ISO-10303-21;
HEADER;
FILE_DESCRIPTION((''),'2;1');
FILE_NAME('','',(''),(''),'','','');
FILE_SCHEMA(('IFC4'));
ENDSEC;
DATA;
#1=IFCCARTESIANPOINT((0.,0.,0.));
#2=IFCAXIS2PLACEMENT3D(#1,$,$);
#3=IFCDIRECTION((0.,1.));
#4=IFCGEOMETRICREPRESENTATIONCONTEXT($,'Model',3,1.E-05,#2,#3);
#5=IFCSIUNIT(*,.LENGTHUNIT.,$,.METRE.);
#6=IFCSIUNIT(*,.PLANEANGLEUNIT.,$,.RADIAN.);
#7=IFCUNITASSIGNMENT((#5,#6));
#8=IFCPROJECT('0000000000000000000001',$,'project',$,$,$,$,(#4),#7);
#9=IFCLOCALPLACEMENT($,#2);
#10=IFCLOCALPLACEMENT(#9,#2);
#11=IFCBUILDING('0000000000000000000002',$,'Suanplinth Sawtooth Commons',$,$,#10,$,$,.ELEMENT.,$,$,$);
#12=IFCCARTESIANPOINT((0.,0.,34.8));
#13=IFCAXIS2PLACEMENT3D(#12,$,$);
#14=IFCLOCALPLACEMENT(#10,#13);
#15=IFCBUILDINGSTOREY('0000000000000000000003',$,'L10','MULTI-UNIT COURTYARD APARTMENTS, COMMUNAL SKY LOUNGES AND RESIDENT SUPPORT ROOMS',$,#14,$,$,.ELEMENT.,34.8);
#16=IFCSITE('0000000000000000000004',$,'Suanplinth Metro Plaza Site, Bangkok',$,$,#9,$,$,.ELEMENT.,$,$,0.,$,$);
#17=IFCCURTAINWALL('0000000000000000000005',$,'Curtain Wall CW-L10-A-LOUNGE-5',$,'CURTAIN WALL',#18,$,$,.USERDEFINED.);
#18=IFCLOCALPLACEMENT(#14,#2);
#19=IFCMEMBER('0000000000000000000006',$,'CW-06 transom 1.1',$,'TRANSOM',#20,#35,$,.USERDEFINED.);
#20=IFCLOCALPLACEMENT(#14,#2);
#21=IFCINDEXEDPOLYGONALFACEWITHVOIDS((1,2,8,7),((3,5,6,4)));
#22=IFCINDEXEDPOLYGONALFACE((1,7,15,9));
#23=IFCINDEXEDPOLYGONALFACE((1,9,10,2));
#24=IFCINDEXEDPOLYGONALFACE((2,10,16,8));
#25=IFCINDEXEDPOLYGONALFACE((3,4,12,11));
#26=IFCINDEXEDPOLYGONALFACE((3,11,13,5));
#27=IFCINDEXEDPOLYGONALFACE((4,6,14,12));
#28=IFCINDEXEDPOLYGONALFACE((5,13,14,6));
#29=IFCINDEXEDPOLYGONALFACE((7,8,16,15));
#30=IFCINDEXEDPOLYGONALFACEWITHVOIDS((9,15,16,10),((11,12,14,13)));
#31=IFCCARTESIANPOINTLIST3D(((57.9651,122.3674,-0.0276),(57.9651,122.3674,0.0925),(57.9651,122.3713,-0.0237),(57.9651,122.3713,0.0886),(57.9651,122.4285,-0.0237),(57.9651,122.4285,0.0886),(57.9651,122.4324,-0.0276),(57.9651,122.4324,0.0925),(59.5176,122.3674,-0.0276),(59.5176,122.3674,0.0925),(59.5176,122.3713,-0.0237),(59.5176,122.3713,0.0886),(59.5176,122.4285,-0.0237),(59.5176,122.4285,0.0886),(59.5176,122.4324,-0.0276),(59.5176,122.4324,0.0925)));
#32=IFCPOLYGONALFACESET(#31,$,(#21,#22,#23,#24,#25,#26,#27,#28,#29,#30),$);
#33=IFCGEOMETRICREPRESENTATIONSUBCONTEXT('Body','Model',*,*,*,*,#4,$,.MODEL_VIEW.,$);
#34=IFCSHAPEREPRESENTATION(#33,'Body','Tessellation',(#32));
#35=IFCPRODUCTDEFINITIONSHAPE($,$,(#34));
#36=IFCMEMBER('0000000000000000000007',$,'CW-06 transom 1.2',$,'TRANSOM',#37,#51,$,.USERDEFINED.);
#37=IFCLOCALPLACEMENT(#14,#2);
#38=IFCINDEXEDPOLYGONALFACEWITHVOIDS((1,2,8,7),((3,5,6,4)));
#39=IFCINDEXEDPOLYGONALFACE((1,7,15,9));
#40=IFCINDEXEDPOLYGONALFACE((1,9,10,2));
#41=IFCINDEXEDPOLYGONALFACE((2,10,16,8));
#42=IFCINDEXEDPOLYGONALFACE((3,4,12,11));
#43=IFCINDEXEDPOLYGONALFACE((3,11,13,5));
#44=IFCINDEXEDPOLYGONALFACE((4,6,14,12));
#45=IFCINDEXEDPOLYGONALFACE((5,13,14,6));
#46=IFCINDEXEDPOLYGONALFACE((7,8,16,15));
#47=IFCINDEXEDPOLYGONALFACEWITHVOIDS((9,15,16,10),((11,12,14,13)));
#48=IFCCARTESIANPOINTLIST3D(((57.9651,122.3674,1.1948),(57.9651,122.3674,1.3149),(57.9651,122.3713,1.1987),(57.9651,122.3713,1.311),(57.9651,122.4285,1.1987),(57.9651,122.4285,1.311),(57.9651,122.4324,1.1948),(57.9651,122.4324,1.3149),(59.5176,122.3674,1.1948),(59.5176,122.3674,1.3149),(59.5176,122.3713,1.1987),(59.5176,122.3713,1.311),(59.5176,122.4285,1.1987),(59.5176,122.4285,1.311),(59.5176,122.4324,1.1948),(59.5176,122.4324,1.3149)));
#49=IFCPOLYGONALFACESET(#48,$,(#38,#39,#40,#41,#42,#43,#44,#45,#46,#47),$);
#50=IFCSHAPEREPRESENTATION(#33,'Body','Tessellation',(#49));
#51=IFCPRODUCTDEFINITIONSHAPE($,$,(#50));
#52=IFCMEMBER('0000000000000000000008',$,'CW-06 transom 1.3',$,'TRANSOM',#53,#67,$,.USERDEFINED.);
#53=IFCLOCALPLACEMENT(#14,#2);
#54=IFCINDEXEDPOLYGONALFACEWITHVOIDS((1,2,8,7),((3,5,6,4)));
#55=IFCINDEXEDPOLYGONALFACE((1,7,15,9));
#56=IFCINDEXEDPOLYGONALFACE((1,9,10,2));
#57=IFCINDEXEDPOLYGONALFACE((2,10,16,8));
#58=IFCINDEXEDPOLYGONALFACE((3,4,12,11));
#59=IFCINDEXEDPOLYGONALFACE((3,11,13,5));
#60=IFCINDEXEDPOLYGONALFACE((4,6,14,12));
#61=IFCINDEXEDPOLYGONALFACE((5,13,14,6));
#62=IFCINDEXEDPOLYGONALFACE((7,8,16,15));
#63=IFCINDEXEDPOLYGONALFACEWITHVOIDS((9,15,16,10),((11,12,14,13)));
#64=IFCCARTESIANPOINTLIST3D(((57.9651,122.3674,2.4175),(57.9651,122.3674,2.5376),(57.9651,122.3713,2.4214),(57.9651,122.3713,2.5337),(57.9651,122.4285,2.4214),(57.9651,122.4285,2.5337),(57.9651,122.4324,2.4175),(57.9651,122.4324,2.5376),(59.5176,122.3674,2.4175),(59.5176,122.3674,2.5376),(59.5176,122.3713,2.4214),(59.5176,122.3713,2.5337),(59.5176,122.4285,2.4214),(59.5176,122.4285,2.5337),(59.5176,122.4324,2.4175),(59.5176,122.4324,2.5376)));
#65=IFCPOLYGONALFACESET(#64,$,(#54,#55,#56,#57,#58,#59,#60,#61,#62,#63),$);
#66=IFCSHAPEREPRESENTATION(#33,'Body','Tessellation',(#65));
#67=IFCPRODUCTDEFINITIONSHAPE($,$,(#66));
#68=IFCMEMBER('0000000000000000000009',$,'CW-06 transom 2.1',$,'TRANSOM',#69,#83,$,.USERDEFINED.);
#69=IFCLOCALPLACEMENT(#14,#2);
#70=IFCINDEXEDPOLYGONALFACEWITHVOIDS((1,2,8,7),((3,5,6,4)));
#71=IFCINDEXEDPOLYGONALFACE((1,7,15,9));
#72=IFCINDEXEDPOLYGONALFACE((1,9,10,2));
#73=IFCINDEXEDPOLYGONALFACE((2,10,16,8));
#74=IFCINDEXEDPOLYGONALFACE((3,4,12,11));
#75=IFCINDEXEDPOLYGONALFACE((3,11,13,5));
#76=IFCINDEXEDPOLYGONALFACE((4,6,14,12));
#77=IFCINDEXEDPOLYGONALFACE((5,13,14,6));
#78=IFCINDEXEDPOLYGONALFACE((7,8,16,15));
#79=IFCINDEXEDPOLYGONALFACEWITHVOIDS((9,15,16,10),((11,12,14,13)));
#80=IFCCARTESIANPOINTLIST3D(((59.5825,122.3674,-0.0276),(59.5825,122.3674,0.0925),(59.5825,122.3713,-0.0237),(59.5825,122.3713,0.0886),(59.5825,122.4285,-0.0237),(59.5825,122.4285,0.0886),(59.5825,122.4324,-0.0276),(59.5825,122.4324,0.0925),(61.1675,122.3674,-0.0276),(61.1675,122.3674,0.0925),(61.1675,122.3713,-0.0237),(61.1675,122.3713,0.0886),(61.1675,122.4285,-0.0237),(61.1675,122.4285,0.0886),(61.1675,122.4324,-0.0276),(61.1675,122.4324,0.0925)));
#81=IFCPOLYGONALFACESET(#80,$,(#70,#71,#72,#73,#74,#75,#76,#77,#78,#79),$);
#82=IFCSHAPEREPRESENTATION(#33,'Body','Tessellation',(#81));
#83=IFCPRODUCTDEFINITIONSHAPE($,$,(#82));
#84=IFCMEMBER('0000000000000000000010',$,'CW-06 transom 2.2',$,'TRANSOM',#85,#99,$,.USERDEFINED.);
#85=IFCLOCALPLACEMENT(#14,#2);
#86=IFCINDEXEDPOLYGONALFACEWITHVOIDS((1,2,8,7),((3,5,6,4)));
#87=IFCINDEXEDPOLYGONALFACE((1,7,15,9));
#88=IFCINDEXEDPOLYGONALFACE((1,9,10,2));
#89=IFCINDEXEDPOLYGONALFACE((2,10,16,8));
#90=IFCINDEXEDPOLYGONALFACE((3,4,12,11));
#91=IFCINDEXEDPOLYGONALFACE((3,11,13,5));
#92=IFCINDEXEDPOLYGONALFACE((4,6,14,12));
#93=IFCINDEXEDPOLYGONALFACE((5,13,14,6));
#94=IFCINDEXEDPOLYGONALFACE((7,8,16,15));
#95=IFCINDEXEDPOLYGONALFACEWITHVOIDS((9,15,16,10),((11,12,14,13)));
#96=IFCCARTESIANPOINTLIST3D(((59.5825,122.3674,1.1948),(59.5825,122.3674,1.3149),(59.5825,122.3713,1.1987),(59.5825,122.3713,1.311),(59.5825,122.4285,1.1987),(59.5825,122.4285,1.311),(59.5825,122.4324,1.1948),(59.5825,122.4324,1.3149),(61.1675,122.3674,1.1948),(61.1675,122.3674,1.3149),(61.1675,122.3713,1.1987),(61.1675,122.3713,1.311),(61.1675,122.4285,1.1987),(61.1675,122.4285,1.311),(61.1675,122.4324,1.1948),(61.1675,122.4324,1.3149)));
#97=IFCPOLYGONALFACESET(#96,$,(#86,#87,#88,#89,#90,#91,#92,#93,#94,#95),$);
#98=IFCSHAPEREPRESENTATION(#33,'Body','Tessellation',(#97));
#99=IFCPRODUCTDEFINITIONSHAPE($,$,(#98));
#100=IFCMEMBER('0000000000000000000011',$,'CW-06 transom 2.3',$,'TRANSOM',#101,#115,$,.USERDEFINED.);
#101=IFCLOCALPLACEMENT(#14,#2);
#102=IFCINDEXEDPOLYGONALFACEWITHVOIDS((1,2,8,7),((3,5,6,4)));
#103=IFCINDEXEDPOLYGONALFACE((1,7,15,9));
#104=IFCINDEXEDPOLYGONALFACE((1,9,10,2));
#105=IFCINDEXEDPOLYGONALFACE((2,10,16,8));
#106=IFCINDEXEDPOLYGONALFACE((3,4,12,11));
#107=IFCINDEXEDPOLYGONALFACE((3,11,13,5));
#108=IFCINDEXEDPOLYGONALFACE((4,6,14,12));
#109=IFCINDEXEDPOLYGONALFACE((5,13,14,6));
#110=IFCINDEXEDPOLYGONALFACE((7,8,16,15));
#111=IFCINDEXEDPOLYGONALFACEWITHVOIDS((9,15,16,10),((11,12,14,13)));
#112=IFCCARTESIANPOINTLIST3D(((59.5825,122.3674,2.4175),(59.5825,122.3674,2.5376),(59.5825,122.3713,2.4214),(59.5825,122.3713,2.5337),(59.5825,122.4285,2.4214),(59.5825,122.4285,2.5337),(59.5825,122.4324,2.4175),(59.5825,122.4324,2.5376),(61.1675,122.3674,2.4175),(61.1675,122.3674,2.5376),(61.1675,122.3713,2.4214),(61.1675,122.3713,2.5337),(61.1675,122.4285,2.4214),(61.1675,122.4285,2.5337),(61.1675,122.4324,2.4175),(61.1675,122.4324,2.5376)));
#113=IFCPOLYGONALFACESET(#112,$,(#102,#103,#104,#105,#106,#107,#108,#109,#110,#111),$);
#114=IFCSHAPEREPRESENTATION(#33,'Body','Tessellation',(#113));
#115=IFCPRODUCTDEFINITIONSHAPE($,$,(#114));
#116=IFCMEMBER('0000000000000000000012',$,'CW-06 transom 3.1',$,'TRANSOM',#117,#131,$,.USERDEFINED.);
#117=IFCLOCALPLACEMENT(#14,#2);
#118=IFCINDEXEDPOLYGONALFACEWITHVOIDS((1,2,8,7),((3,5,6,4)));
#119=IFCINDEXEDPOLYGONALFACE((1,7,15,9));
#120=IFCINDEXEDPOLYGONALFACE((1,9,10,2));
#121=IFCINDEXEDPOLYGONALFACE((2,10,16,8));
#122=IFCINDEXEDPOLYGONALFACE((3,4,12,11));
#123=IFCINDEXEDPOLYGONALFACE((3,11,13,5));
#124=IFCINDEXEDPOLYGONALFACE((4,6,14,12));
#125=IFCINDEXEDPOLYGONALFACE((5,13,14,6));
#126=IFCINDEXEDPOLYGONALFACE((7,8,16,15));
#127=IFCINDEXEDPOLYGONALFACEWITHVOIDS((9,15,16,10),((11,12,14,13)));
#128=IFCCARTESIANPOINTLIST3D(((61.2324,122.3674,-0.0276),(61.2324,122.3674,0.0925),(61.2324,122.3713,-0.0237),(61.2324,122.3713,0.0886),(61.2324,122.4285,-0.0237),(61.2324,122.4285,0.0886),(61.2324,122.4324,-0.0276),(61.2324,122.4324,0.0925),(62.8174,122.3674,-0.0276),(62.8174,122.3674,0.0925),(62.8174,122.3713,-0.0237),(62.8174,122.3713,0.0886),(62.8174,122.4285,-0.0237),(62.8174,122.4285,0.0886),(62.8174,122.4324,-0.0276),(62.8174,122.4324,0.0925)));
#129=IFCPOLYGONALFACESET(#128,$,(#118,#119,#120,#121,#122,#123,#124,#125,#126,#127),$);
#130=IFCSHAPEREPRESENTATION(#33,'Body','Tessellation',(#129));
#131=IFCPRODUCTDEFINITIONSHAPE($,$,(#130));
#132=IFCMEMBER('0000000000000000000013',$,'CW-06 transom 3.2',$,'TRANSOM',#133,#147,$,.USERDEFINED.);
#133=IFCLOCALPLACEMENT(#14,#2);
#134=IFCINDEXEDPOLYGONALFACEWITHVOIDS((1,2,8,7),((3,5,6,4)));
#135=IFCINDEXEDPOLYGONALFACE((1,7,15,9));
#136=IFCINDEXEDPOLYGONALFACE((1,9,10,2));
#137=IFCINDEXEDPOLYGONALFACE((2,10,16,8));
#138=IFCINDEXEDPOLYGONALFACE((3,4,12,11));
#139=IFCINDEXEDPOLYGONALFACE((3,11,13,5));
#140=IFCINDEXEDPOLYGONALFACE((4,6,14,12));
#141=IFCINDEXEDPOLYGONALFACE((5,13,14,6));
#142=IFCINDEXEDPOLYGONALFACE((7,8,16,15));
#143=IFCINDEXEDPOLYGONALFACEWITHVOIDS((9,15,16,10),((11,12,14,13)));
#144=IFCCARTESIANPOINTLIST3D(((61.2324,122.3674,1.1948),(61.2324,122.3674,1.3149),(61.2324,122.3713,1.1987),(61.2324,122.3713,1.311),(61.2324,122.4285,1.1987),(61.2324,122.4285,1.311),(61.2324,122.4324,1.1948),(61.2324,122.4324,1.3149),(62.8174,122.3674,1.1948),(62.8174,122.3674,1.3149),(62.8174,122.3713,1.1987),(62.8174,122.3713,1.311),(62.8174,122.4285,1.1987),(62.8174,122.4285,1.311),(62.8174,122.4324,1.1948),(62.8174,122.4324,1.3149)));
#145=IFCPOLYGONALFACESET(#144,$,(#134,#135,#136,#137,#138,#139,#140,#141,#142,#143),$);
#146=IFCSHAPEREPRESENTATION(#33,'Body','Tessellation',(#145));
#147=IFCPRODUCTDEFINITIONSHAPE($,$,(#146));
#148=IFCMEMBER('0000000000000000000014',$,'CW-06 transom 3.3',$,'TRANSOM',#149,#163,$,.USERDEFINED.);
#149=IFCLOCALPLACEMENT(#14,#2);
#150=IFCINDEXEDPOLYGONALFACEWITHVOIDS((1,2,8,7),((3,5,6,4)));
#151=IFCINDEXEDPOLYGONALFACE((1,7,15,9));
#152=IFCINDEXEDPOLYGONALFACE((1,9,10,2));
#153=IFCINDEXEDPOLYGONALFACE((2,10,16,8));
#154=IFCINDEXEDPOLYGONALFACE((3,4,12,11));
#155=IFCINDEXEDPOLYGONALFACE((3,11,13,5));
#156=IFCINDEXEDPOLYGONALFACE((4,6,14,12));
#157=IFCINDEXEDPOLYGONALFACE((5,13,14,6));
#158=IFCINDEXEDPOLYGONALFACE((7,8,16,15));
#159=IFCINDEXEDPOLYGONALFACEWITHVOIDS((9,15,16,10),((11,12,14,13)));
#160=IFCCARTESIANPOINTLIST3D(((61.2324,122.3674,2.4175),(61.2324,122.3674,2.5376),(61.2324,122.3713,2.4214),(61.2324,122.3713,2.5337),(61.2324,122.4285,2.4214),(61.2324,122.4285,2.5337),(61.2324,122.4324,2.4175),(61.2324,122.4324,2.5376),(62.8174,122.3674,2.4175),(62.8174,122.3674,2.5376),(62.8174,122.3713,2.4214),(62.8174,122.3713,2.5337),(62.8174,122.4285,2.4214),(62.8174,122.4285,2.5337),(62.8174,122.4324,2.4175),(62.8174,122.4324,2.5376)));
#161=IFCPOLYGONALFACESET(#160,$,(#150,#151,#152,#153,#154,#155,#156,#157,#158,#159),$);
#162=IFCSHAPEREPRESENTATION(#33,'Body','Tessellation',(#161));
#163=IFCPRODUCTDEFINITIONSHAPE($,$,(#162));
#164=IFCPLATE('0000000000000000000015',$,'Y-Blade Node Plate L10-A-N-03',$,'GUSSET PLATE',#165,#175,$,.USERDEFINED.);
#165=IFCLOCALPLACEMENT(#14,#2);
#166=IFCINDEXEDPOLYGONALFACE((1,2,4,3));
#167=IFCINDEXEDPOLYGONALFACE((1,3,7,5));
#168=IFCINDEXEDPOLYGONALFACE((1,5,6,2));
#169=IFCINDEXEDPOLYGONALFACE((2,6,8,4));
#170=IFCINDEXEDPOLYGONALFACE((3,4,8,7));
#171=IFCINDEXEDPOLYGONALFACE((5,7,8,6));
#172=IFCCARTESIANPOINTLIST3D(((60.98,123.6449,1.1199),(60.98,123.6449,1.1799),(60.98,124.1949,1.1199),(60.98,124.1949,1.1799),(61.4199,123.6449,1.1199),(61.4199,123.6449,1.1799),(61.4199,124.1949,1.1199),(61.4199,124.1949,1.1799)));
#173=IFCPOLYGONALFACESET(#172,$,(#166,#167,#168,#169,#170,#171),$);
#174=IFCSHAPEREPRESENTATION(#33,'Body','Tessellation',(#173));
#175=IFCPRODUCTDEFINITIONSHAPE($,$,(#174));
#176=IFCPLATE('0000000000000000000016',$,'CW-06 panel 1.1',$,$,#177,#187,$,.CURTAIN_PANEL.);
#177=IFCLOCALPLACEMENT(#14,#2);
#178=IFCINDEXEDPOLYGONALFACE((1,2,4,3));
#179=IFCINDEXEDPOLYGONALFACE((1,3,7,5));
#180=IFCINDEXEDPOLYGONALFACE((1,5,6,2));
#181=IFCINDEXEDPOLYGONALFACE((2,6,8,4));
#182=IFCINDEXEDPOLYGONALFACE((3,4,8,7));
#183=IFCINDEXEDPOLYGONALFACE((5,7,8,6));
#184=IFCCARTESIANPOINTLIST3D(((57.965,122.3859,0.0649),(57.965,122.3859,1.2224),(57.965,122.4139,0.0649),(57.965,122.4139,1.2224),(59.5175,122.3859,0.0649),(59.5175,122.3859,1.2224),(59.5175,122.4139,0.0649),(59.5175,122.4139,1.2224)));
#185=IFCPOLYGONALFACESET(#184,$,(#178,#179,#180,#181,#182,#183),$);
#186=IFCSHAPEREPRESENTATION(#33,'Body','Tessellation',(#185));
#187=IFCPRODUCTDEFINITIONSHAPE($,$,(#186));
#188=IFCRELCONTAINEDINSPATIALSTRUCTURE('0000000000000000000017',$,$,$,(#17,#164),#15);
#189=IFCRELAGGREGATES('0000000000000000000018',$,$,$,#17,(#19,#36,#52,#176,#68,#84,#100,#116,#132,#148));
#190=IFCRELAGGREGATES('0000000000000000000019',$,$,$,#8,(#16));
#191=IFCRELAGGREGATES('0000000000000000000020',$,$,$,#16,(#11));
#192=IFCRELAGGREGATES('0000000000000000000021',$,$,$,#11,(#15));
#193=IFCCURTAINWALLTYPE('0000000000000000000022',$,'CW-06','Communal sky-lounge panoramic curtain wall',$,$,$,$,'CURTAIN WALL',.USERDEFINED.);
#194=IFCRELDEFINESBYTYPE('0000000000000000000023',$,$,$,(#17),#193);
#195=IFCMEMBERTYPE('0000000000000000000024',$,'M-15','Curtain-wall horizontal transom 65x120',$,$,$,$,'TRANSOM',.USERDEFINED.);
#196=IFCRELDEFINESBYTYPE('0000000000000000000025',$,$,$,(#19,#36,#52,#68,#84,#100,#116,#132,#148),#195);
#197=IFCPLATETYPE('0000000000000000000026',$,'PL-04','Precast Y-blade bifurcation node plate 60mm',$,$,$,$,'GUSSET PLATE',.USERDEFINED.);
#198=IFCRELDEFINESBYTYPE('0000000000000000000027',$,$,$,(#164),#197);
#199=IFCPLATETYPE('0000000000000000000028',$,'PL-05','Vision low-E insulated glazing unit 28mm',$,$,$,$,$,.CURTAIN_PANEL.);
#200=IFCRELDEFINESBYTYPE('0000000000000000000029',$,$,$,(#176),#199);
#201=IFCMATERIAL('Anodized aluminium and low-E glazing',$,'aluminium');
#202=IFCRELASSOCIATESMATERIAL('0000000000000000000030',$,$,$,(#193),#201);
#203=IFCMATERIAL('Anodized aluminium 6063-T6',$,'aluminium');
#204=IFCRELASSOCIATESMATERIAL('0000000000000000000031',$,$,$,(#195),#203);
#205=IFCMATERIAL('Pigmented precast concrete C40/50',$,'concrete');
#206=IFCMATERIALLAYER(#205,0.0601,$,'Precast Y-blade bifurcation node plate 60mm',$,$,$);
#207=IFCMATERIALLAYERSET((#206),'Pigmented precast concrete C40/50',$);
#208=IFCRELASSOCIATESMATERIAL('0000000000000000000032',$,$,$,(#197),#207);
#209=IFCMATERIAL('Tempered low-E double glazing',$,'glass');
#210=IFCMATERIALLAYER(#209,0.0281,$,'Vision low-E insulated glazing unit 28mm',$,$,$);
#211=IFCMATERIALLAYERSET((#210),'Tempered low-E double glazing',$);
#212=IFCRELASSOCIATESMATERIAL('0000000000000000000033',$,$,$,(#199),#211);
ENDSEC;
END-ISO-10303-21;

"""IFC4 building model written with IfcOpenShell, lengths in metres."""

from ifc_helpers import new_model, si_unit, direction, frame, origin, origin_2d, place, context, subcontext, project, spatial, rectangle, hollow_rectangle, extrude, material, layer, layer_set, material_profile, profile_set, type_object, element, aggregate, save


model = new_model("IFC4")

# Units and contexts
model_context = context("Model", 3, precision=1e-05, world=origin(), true_north=direction((0.0, 1.0)))
body_context = subcontext(model_context, "Body", "Model", "MODEL_VIEW")
ifc_project = project(units=[si_unit("LENGTHUNIT", "METRE"), si_unit("PLANEANGLEUNIT", "RADIAN")], contexts=[model_context])

# Site, building, storey
site_placement = place(None, origin())
site = spatial("IfcSite", under=ifc_project, at=site_placement, Name="Suanplinth Metro Plaza Site, Bangkok", CompositionType="ELEMENT", RefElevation=0.0)
building_placement = place(site_placement, origin())
building = spatial("IfcBuilding", under=site, at=building_placement, Name="Suanplinth Sawtooth Commons", CompositionType="ELEMENT")
storey_placement = place(building_placement, frame((0.0, 0.0, 34.8)))
storey = spatial("IfcBuildingStorey", under=building, at=storey_placement, Name="L10", Description="MULTI-UNIT COURTYARD APARTMENTS, COMMUNAL SKY LOUNGES AND RESIDENT SUPPORT ROOMS", CompositionType="ELEMENT", Elevation=34.8)

# Shared definitions
ifc_material_1 = material(Name="Pigmented precast concrete C40/50", Category="concrete")

# Curtain wall, members
ifc_material_2 = material(Name="Anodized aluminium and low-E glazing", Category="aluminium")
curtain_wall_type = type_object("IfcCurtainWallType", Name="CW-06", Description="Communal sky-lounge panoramic curtain wall", ElementType="CURTAIN WALL", PredefinedType="USERDEFINED", material=ifc_material_2)
curtain_wall_placement = place(storey_placement, origin())
curtain_wall = element("IfcCurtainWall", 1, at=curtain_wall_placement, inside=storey, type_object=curtain_wall_type, Name="Curtain Wall CW-L10-A-LOUNGE-5", ObjectType="CURTAIN WALL", PredefinedType="USERDEFINED")
ifc_material_3 = material(Name="Anodized aluminium 6063-T6", Category="aluminium")
ifc_material_profile_1 = material_profile(ifc_material_3, hollow_rectangle(XDim=0.0649, YDim=0.1201, WallThickness=0.0039, at=origin_2d()), Name="ALU-TRN 65x120")
ifc_profile_set_1 = profile_set([ifc_material_profile_1], Name="Anodized aluminium 6063-T6")
member_type_1 = type_object("IfcMemberType", Name="M-15", Description="Curtain-wall horizontal transom 65x120", ElementType="TRANSOM", PredefinedType="USERDEFINED", material=ifc_profile_set_1)
member_1_placement = place(storey_placement, frame((57.9651, 122.3999, 0.0325), z_axis=(1.0, 0.0, 0.0), x_axis=(0.0, 1.0, 0.0)))
member_1 = element("IfcMember", 2, at=member_1_placement, type_object=member_type_1, Name="CW-06 transom 1.1", ObjectType="TRANSOM", PredefinedType="USERDEFINED", context=body_context, shape_type="SweptSolid", body=[
    extrude(hollow_rectangle(XDim=0.0649, YDim=0.1201, WallThickness=0.0039, at=origin_2d()), origin(), (0.0, 0.0, 1.0), 1.5525),
])
member_2_placement = place(storey_placement, frame((57.9651, 122.3999, 1.2549), z_axis=(1.0, 0.0, 0.0), x_axis=(0.0, 1.0, 0.0)))
member_2 = element("IfcMember", 3, at=member_2_placement, type_object=member_type_1, Name="CW-06 transom 1.2", ObjectType="TRANSOM", PredefinedType="USERDEFINED", context=body_context, shape_type="SweptSolid", body=[
    extrude(hollow_rectangle(XDim=0.0649, YDim=0.1201, WallThickness=0.0039, at=origin_2d()), origin(), (0.0, 0.0, 1.0), 1.5525),
])
member_3_placement = place(storey_placement, frame((57.9651, 122.3999, 2.4775), z_axis=(1.0, 0.0, 0.0), x_axis=(0.0, 1.0, 0.0)))
member_3 = element("IfcMember", 4, at=member_3_placement, type_object=member_type_1, Name="CW-06 transom 1.3", ObjectType="TRANSOM", PredefinedType="USERDEFINED", context=body_context, shape_type="SweptSolid", body=[
    extrude(hollow_rectangle(XDim=0.0649, YDim=0.1201, WallThickness=0.0039, at=origin_2d()), origin(), (0.0, 0.0, 1.0), 1.5525),
])
member_4_placement = place(storey_placement, frame((59.5825, 122.3999, 0.0325), z_axis=(1.0, 0.0, 0.0), x_axis=(0.0, 1.0, 0.0)))
member_4 = element("IfcMember", 5, at=member_4_placement, type_object=member_type_1, Name="CW-06 transom 2.1", ObjectType="TRANSOM", PredefinedType="USERDEFINED", context=body_context, shape_type="SweptSolid", body=[
    extrude(hollow_rectangle(XDim=0.0649, YDim=0.1201, WallThickness=0.0039, at=origin_2d()), origin(), (0.0, 0.0, 1.0), 1.585),
])
member_5_placement = place(storey_placement, frame((59.5825, 122.3999, 1.2549), z_axis=(1.0, 0.0, 0.0), x_axis=(0.0, 1.0, 0.0)))
member_5 = element("IfcMember", 6, at=member_5_placement, type_object=member_type_1, Name="CW-06 transom 2.2", ObjectType="TRANSOM", PredefinedType="USERDEFINED", context=body_context, shape_type="SweptSolid", body=[
    extrude(hollow_rectangle(XDim=0.0649, YDim=0.1201, WallThickness=0.0039, at=origin_2d()), origin(), (0.0, 0.0, 1.0), 1.585),
])
member_6_placement = place(storey_placement, frame((59.5825, 122.3999, 2.4775), z_axis=(1.0, 0.0, 0.0), x_axis=(0.0, 1.0, 0.0)))
member_6 = element("IfcMember", 7, at=member_6_placement, type_object=member_type_1, Name="CW-06 transom 2.3", ObjectType="TRANSOM", PredefinedType="USERDEFINED", context=body_context, shape_type="SweptSolid", body=[
    extrude(hollow_rectangle(XDim=0.0649, YDim=0.1201, WallThickness=0.0039, at=origin_2d()), origin(), (0.0, 0.0, 1.0), 1.585),
])
member_7_placement = place(storey_placement, frame((61.2324, 122.3999, 0.0325), z_axis=(1.0, 0.0, 0.0), x_axis=(0.0, 1.0, 0.0)))
member_7 = element("IfcMember", 8, at=member_7_placement, type_object=member_type_1, Name="CW-06 transom 3.1", ObjectType="TRANSOM", PredefinedType="USERDEFINED", context=body_context, shape_type="SweptSolid", body=[
    extrude(hollow_rectangle(XDim=0.0649, YDim=0.1201, WallThickness=0.0039, at=origin_2d()), origin(), (0.0, 0.0, 1.0), 1.585),
])
member_8_placement = place(storey_placement, frame((61.2324, 122.3999, 1.2549), z_axis=(1.0, 0.0, 0.0), x_axis=(0.0, 1.0, 0.0)))
member_8 = element("IfcMember", 9, at=member_8_placement, type_object=member_type_1, Name="CW-06 transom 3.2", ObjectType="TRANSOM", PredefinedType="USERDEFINED", context=body_context, shape_type="SweptSolid", body=[
    extrude(hollow_rectangle(XDim=0.0649, YDim=0.1201, WallThickness=0.0039, at=origin_2d()), origin(), (0.0, 0.0, 1.0), 1.585),
])
member_9_placement = place(storey_placement, frame((61.2324, 122.3999, 2.4775), z_axis=(1.0, 0.0, 0.0), x_axis=(0.0, 1.0, 0.0)))
member_9 = element("IfcMember", 10, at=member_9_placement, type_object=member_type_1, Name="CW-06 transom 3.3", ObjectType="TRANSOM", PredefinedType="USERDEFINED", context=body_context, shape_type="SweptSolid", body=[
    extrude(hollow_rectangle(XDim=0.0649, YDim=0.1201, WallThickness=0.0039, at=origin_2d()), origin(), (0.0, 0.0, 1.0), 1.585),
])

# Plates
ifc_layer_1 = layer(ifc_material_1, 0.0601, Name="Precast Y-blade bifurcation node plate 60mm")
ifc_layer_set_1 = layer_set([ifc_layer_1], Name="Pigmented precast concrete C40/50")
plate_type_1 = type_object("IfcPlateType", Name="PL-04", Description="Precast Y-blade bifurcation node plate 60mm", ElementType="GUSSET PLATE", PredefinedType="USERDEFINED", material=ifc_layer_set_1)
plate_1_placement = place(storey_placement, frame((61.2, 123.9199, 1.1199), z_axis=(0.0, 0.0, 1.0), x_axis=(1.0, 0.0, 0.0)))
element("IfcPlate", 11, at=plate_1_placement, inside=storey, type_object=plate_type_1, Name="Y-Blade Node Plate L10-A-N-03", ObjectType="GUSSET PLATE", PredefinedType="USERDEFINED", context=body_context, shape_type="SweptSolid", body=[
    extrude(rectangle(XDim=0.4399, YDim=0.55, at=origin_2d()), origin(), (0.0, 0.0, 1.0), 0.0601),
])
ifc_material_4 = material(Name="Tempered low-E double glazing", Category="glass")
ifc_layer_2 = layer(ifc_material_4, 0.0281, Name="Vision low-E insulated glazing unit 28mm")
ifc_layer_set_2 = layer_set([ifc_layer_2], Name="Tempered low-E double glazing")
plate_type_2 = type_object("IfcPlateType", Name="PL-05", Description="Vision low-E insulated glazing unit 28mm", PredefinedType="CURTAIN_PANEL", material=ifc_layer_set_2)
plate_2_placement = place(storey_placement, frame((58.7412, 122.3999, 0.0649), z_axis=(0.0, 0.0, 1.0), x_axis=(1.0, 0.0, 0.0)))
plate_2 = element("IfcPlate", 12, at=plate_2_placement, type_object=plate_type_2, Name="CW-06 panel 1.1", PredefinedType="CURTAIN_PANEL", context=body_context, shape_type="SweptSolid", body=[
    extrude(rectangle(XDim=1.5525, YDim=0.0281, at=origin_2d()), origin(), (0.0, 0.0, 1.0), 1.1575),
])
aggregate(curtain_wall, [member_1, member_2, member_3, plate_2, member_4, member_5, member_6, member_7, member_8, member_9])

save(model, "model.ifc")
